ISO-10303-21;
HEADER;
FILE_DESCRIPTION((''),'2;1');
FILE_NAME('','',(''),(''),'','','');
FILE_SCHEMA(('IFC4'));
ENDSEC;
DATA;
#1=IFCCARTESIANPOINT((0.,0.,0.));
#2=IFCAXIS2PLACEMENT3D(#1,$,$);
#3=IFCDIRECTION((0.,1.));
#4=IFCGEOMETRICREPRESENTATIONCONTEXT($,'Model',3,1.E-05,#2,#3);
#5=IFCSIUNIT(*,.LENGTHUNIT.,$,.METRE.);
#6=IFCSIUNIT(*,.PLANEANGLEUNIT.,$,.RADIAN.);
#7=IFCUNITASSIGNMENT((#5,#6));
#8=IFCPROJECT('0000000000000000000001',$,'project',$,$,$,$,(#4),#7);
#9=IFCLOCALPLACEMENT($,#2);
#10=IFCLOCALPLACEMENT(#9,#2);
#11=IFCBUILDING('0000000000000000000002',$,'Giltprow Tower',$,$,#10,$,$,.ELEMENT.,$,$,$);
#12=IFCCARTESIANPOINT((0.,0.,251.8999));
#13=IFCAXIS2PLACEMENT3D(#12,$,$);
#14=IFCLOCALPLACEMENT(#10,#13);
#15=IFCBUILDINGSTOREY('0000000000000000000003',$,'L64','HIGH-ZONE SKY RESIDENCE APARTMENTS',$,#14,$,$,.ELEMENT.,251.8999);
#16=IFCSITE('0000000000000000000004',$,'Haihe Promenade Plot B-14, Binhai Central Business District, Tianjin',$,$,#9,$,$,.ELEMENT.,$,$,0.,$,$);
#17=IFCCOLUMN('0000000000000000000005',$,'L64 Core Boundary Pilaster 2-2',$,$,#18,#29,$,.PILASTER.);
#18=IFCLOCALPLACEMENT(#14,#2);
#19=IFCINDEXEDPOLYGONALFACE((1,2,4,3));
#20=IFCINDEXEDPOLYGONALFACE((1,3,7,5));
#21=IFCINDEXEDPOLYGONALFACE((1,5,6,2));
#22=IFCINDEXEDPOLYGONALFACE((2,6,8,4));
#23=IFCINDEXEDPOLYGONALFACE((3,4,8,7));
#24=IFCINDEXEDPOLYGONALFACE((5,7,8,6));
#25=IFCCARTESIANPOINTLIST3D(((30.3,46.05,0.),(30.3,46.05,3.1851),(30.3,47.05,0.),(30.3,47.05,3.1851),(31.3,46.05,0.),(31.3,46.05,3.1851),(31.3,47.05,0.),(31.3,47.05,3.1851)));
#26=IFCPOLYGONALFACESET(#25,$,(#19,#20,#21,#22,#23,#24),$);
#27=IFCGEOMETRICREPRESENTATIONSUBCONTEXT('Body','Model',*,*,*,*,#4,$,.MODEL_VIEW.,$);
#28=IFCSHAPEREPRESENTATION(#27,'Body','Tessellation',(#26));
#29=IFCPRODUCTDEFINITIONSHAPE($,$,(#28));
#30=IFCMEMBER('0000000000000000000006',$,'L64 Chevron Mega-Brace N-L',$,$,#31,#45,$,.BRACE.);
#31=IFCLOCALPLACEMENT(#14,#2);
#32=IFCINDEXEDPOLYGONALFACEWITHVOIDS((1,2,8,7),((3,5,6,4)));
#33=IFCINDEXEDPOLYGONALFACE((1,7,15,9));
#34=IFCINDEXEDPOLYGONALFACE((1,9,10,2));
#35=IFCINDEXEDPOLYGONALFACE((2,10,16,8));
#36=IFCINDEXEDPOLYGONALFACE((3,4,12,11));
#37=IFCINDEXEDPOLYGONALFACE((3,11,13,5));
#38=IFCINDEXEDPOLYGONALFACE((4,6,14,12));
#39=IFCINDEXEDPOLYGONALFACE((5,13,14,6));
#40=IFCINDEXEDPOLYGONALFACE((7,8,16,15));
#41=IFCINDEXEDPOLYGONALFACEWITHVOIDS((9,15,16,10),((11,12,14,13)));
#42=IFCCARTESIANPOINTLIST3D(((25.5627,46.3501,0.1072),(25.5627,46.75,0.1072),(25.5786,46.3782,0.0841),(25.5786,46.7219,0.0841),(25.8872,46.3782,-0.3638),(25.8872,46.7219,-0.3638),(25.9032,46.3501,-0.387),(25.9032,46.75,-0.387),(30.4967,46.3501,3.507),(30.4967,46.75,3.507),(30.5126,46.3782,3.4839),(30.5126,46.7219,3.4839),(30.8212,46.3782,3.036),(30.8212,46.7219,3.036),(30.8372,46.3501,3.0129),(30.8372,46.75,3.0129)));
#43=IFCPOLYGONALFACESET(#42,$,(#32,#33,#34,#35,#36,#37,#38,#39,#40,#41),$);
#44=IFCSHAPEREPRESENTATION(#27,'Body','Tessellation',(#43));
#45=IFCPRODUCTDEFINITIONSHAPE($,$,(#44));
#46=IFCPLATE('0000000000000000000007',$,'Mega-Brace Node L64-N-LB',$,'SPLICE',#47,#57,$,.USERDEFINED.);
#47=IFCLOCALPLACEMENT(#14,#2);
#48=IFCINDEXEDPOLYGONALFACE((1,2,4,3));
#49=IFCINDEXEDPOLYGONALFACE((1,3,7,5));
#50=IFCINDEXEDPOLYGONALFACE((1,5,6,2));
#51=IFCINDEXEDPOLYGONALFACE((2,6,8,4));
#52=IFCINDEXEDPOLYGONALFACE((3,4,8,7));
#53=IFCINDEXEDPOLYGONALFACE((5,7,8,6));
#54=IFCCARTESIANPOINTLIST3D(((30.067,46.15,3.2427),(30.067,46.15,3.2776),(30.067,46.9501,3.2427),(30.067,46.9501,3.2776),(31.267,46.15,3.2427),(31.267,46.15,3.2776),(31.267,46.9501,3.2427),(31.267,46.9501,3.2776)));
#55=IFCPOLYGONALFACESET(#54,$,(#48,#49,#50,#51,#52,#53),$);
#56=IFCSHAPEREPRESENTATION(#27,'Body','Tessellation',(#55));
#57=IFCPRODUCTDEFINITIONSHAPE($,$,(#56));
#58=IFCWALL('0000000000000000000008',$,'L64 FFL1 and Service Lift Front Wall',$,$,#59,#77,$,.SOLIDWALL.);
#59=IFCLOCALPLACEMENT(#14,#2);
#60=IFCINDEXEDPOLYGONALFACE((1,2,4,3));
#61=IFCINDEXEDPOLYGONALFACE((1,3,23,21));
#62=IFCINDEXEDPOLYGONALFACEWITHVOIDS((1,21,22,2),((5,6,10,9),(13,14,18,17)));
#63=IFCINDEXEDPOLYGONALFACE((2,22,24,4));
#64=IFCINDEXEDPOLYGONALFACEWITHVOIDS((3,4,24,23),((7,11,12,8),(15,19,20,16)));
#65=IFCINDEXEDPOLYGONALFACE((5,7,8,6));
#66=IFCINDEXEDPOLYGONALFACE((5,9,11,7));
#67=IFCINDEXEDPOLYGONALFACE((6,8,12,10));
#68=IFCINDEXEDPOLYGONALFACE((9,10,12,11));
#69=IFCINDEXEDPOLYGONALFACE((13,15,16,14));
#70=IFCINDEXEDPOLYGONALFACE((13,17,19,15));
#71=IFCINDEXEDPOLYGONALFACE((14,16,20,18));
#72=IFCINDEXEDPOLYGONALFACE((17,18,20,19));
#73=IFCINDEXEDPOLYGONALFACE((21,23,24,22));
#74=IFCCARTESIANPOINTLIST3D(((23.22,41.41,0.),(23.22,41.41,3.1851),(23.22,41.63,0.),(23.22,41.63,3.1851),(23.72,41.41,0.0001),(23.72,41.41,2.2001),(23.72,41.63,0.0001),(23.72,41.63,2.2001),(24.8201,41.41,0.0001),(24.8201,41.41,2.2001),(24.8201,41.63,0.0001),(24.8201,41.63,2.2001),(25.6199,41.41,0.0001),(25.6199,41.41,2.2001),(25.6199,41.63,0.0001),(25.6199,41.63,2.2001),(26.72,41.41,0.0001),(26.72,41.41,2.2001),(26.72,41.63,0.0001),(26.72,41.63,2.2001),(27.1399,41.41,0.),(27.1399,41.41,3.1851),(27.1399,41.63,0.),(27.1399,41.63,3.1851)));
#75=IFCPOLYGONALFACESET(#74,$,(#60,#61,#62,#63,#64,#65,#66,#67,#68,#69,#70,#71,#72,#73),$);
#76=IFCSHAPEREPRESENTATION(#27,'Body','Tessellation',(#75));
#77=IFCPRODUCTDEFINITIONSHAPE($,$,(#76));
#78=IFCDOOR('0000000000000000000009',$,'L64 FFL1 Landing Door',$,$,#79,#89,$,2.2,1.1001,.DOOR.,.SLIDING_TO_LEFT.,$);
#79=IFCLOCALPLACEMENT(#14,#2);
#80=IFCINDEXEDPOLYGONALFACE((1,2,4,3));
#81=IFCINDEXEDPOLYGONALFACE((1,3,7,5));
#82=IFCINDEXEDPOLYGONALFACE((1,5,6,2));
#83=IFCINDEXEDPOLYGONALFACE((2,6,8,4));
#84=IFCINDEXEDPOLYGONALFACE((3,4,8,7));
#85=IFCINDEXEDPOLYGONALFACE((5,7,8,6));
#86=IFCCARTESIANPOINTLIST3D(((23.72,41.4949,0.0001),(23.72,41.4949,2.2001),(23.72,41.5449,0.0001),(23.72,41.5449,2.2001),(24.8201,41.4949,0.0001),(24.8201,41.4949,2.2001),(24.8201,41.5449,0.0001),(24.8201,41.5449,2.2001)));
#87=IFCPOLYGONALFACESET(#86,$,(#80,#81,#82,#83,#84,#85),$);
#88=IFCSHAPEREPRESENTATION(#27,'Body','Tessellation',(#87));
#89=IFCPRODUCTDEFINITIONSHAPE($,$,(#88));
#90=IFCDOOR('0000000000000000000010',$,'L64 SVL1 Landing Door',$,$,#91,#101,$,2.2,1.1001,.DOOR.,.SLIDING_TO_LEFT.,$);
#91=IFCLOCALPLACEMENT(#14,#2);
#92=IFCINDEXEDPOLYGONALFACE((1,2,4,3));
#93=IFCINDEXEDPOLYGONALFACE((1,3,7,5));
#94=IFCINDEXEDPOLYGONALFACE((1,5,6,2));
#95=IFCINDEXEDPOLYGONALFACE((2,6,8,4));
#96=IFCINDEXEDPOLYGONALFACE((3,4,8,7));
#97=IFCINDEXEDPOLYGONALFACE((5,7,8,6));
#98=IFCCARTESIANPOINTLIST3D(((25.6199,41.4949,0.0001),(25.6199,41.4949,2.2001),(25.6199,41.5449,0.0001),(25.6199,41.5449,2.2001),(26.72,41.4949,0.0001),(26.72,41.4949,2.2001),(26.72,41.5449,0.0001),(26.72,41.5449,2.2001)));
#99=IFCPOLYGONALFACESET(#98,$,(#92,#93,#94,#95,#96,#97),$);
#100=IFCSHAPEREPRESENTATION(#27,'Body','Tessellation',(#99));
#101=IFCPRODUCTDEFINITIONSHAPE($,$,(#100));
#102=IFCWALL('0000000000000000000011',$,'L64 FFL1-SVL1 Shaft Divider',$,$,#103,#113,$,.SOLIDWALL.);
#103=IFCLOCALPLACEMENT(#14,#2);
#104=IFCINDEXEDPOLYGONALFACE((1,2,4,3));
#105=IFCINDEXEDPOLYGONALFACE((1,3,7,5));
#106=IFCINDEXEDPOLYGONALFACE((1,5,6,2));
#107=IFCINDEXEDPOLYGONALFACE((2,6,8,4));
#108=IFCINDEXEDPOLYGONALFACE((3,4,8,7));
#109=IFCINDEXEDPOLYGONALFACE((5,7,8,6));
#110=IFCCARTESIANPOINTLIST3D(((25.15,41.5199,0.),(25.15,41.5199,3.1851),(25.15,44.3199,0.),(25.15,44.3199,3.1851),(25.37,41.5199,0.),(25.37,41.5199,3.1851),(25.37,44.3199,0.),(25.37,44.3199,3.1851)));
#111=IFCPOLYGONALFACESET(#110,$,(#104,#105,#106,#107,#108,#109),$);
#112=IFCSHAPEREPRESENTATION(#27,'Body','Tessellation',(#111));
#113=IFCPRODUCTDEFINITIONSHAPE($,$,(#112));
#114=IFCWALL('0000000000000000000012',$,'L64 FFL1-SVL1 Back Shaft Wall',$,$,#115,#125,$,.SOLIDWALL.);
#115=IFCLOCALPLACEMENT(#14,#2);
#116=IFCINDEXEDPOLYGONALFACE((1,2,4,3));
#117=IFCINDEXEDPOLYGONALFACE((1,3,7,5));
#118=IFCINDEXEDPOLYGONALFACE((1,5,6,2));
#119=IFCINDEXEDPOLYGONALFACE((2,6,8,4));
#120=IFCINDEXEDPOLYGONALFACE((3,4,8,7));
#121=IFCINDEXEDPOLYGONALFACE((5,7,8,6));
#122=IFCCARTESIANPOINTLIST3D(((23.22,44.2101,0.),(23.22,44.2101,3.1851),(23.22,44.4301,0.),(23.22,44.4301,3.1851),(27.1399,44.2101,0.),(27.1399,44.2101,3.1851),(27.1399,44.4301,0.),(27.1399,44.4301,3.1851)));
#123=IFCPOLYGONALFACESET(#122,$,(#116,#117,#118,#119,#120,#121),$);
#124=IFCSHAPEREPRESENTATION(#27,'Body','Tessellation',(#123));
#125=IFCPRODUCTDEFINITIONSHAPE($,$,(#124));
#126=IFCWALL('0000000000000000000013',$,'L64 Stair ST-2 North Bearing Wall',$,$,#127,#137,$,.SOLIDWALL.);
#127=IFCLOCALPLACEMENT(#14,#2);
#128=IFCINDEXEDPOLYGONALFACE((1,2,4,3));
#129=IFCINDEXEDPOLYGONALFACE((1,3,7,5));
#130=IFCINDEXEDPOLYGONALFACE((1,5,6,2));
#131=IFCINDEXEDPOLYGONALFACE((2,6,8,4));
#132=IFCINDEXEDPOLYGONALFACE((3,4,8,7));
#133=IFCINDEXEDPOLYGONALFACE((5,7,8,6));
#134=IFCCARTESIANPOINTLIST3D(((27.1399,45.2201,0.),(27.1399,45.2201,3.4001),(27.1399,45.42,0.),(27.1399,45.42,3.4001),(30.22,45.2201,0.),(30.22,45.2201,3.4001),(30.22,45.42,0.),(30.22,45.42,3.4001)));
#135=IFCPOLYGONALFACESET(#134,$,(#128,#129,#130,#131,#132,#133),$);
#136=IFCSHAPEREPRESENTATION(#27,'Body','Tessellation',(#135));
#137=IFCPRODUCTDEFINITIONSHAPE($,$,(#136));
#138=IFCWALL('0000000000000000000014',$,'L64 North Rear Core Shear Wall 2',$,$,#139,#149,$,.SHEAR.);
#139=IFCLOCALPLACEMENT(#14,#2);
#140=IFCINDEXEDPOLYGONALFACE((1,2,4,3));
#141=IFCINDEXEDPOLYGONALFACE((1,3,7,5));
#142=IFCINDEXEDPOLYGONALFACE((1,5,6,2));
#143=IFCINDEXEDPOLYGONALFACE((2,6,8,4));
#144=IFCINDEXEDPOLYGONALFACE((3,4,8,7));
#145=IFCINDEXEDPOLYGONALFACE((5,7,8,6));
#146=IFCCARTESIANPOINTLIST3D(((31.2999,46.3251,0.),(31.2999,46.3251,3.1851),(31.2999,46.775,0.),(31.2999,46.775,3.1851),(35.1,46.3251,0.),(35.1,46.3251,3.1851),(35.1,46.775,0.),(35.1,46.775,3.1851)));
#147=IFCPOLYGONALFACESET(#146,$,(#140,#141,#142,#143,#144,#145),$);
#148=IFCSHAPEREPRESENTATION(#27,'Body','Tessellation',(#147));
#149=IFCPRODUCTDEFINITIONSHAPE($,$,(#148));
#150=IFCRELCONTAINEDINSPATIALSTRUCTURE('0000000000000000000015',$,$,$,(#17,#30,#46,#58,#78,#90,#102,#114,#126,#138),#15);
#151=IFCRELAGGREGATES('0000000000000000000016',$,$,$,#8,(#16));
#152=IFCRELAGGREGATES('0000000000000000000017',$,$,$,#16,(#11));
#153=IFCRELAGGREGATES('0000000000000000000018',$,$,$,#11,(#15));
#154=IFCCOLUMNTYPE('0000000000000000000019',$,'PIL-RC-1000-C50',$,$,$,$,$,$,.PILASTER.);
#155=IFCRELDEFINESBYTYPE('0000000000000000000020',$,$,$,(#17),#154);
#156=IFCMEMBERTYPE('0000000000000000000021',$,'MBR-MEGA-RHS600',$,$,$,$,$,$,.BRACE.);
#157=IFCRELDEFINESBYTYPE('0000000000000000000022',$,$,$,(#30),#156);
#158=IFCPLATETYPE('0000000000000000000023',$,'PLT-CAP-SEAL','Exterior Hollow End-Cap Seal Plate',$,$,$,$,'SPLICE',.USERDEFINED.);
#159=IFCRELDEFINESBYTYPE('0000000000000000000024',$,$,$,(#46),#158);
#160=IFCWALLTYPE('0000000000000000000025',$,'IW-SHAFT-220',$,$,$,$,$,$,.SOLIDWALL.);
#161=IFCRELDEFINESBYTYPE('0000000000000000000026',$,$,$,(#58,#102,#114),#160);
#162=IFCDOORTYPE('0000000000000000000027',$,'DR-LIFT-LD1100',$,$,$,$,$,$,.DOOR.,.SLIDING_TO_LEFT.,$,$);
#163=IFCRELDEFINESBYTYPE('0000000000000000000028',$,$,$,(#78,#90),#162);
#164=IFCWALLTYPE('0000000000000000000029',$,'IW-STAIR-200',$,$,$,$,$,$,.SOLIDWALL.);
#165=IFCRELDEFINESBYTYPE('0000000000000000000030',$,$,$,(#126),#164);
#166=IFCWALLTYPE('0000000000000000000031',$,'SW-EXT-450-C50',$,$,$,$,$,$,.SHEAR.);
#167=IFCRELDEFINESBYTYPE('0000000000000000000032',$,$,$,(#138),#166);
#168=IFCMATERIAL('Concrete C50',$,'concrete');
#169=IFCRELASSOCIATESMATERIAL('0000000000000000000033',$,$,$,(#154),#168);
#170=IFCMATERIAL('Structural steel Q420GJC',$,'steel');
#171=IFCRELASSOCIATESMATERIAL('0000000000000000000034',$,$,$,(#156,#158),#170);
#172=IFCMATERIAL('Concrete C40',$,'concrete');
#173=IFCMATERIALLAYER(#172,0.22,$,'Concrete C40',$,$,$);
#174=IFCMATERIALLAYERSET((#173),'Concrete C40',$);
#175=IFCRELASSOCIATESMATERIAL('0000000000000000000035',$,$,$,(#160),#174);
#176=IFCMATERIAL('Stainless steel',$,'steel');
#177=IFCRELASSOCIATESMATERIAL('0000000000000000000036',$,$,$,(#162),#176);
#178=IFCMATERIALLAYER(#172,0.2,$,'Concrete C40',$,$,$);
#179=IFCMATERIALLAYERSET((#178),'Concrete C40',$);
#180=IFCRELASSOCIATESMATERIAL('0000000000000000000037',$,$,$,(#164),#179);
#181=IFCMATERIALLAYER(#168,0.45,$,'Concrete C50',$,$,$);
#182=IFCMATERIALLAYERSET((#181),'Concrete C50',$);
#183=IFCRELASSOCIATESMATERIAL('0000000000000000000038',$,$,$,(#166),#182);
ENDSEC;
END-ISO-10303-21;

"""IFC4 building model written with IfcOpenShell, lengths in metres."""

from ifc_helpers import new_model, si_unit, direction, frame, frame_2d, origin, origin_2d, place, context, subcontext, project, spatial, rectangle, hollow_rectangle, extrude, source, transform, mapped, material, layer, layer_set, material_profile, profile_set, type_object, element, fill, save


model = new_model("IFC4")

# Units and contexts
model_context = context("Model", 3, precision=1e-05, world=origin(), true_north=direction((0.0, 1.0)))
body_context = subcontext(model_context, "Body", "Model", "MODEL_VIEW")
ifc_project = project(units=[si_unit("LENGTHUNIT", "METRE"), si_unit("PLANEANGLEUNIT", "RADIAN")], contexts=[model_context])

# Site, building, storey
site_placement = place(None, origin())
site = spatial("IfcSite", under=ifc_project, at=site_placement, Name="Haihe Promenade Plot B-14, Binhai Central Business District, Tianjin", CompositionType="ELEMENT", RefElevation=0.0)
building_placement = place(site_placement, origin())
building = spatial("IfcBuilding", under=site, at=building_placement, Name="Giltprow Tower", CompositionType="ELEMENT")
storey_placement = place(building_placement, frame((0.0, 0.0, 251.8999)))
storey = spatial("IfcBuildingStorey", under=building, at=storey_placement, Name="L64", Description="HIGH-ZONE SKY RESIDENCE APARTMENTS", CompositionType="ELEMENT", Elevation=251.8999)

# Column
ifc_material_1 = material(Name="Concrete C50", Category="concrete")
ifc_material_profile_1 = material_profile(ifc_material_1, rectangle(XDim=1.0, YDim=1.0, at=origin_2d()), Name="RC 1000x1000")
ifc_profile_set_1 = profile_set([ifc_material_profile_1], Name="Concrete C50")
column_type = type_object("IfcColumnType", Name="PIL-RC-1000-C50", PredefinedType="PILASTER", material=ifc_profile_set_1)
shared_shape_1 = source(origin(), body_context, "Body", "SweptSolid", [
    extrude(rectangle(XDim=1.0, YDim=1.0, at=origin_2d()), origin(), (0.0, 0.0, 1.0), 3.1851),
])
column_placement = place(storey_placement, frame((30.8, 46.55, 0.0), z_axis=(0.0, 0.0, 1.0), x_axis=(1.0, 0.0, 0.0)))
element("IfcColumn", 1, at=column_placement, inside=storey, type_object=column_type, Name="L64 Core Boundary Pilaster 2-2", PredefinedType="PILASTER", context=body_context, shape_type="MappedRepresentation", body=[
    mapped(shared_shape_1, transform((0.0, 0.0, 0.0), x_axis=(1.0, 0.0, 0.0), y_axis=(0.0, 1.0, 0.0), z_axis=(0.0, 0.0, 1.0), scale=1.0)),
])

# Member
ifc_material_2 = material(Name="Structural steel Q420GJC", Category="steel")
ifc_material_profile_2 = material_profile(ifc_material_2, hollow_rectangle(XDim=0.3999, YDim=0.6001, WallThickness=0.0281, at=origin_2d()), Name="RHS 600x400x28")
ifc_profile_set_2 = profile_set([ifc_material_profile_2], Name="Structural steel Q420GJC")
member_type = type_object("IfcMemberType", Name="MBR-MEGA-RHS600", PredefinedType="BRACE", material=ifc_profile_set_2)
shared_shape_2 = source(origin(), body_context, "Body", "SweptSolid", [
    extrude(hollow_rectangle(XDim=0.3999, YDim=0.6001, WallThickness=0.0281, at=origin_2d()), origin(), (0.0, 0.0, 1.0), 5.9919),
])
member_placement = place(storey_placement, frame((25.7329, 46.55, -0.1399), z_axis=(0.82344, 0.0, 0.567403), x_axis=(0.0, 1.0, 0.0)))
element("IfcMember", 2, at=member_placement, inside=storey, type_object=member_type, Name="L64 Chevron Mega-Brace N-L", PredefinedType="BRACE", context=body_context, shape_type="MappedRepresentation", body=[
    mapped(shared_shape_2, transform((0.0, 0.0, 0.0), x_axis=(1.0, 0.0, 0.0), y_axis=(0.0, 1.0, 0.0), z_axis=(0.0, 0.0, 1.0), scale=1.0)),
])

# Plate
plate_type = type_object("IfcPlateType", Name="PLT-CAP-SEAL", Description="Exterior Hollow End-Cap Seal Plate", ElementType="SPLICE", PredefinedType="USERDEFINED", material=ifc_material_2)
shared_shape_3 = source(origin(), body_context, "Body", "SweptSolid", [
    extrude(rectangle(XDim=1.2, YDim=0.8, at=origin_2d()), origin(), (0.0, 0.0, 1.0), 0.0349),
])
plate_placement = place(storey_placement, frame((30.667, 46.55, 3.2427), z_axis=(0.0, 0.0, 1.0), x_axis=(1.0, 0.0, 0.0)))
element("IfcPlate", 3, at=plate_placement, inside=storey, type_object=plate_type, Name="Mega-Brace Node L64-N-LB", ObjectType="SPLICE", PredefinedType="USERDEFINED", context=body_context, shape_type="MappedRepresentation", body=[
    mapped(shared_shape_3, transform((0.0, 0.0, 0.0), x_axis=(1.0, 0.0, 0.0), y_axis=(0.0, 1.0, 0.0), z_axis=(0.0, 0.0, 1.0), scale=1.0)),
])

# Wall, openings, doors
ifc_material_3 = material(Name="Concrete C40", Category="concrete")
ifc_layer_1 = layer(ifc_material_3, 0.22, Name="Concrete C40")
ifc_layer_set_1 = layer_set([ifc_layer_1], Name="Concrete C40")
wall_type_1 = type_object("IfcWallType", Name="IW-SHAFT-220", PredefinedType="SOLIDWALL", material=ifc_layer_set_1)
wall_1_placement = place(storey_placement, frame((23.22, 41.52, 0.0), z_axis=(0.0, 0.0, 1.0), x_axis=(1.0, 0.0, 0.0)))
wall_1 = element("IfcWall", 4, at=wall_1_placement, inside=storey, type_object=wall_type_1, Name="L64 FFL1 and Service Lift Front Wall", PredefinedType="SOLIDWALL", context=body_context, shape_type="SweptSolid", body=[
    extrude(rectangle(XDim=3.9199, YDim=0.22, at=frame_2d((1.96, 0.0))), origin(), (0.0, 0.0, 1.0), 3.1851),
])
opening_1_placement = place(wall_1_placement, frame((0.5, 0.0, 0.0)))
opening_1 = element("IfcOpeningElement", 5, at=opening_1_placement, cuts=wall_1, PredefinedType="OPENING", context=body_context, shape_type="SweptSolid", body=[
    extrude(rectangle(XDim=1.1001, YDim=2.2, at=frame_2d((0.55, 1.1001))), frame((0.0, 0.1199, 0.0), z_axis=(0.0, -1.0, 0.0), x_axis=(1.0, 0.0, 0.0)), (0.0, 0.0, 1.0), 0.24),
])
opening_2_placement = place(wall_1_placement, frame((2.3999, 0.0, 0.0)))
opening_2 = element("IfcOpeningElement", 6, at=opening_2_placement, cuts=wall_1, PredefinedType="OPENING", context=body_context, shape_type="SweptSolid", body=[
    extrude(rectangle(XDim=1.1001, YDim=2.2, at=frame_2d((0.55, 1.1001))), frame((0.0, 0.1199, 0.0), z_axis=(0.0, -1.0, 0.0), x_axis=(1.0, 0.0, 0.0)), (0.0, 0.0, 1.0), 0.24),
])
ifc_material_4 = material(Name="Stainless steel", Category="steel")
door_type = type_object("IfcDoorType", Name="DR-LIFT-LD1100", OperationType="SLIDING_TO_LEFT", PredefinedType="DOOR", material=ifc_material_4)
shared_shape_4 = source(origin(), body_context, "Body", "SweptSolid", [
    extrude(rectangle(XDim=1.1001, YDim=2.2, at=frame_2d((0.55, 1.1001))), frame((0.0, 0.0249, 0.0), z_axis=(0.0, -1.0, 0.0), x_axis=(1.0, 0.0, 0.0)), (0.0, 0.0, 1.0), 0.05),
])
door_1_placement = place(opening_1_placement, origin())
door_1 = element("IfcDoor", 7, at=door_1_placement, inside=storey, type_object=door_type, Name="L64 FFL1 Landing Door", OperationType="SLIDING_TO_LEFT", OverallHeight=2.2, OverallWidth=1.1001, PredefinedType="DOOR", context=body_context, shape_type="MappedRepresentation", body=[
    mapped(shared_shape_4, transform((0.0, 0.0, 0.0), x_axis=(1.0, 0.0, 0.0), y_axis=(0.0, 1.0, 0.0), z_axis=(0.0, 0.0, 1.0), scale=1.0)),
])
fill(opening_1, door_1)
door_2_placement = place(opening_2_placement, origin())
door_2 = element("IfcDoor", 8, at=door_2_placement, inside=storey, type_object=door_type, Name="L64 SVL1 Landing Door", OperationType="SLIDING_TO_LEFT", OverallHeight=2.2, OverallWidth=1.1001, PredefinedType="DOOR", context=body_context, shape_type="MappedRepresentation", body=[
    mapped(shared_shape_4, transform((0.0, 0.0, 0.0), x_axis=(1.0, 0.0, 0.0), y_axis=(0.0, 1.0, 0.0), z_axis=(0.0, 0.0, 1.0), scale=1.0)),
])
fill(opening_2, door_2)

# Walls
wall_2_placement = place(storey_placement, frame((25.26, 41.52, 0.0), z_axis=(0.0, 0.0, 1.0), x_axis=(0.0, 1.0, 0.0)))
element("IfcWall", 9, at=wall_2_placement, inside=storey, type_object=wall_type_1, Name="L64 FFL1-SVL1 Shaft Divider", PredefinedType="SOLIDWALL", context=body_context, shape_type="SweptSolid", body=[
    extrude(rectangle(XDim=2.8, YDim=0.22, at=frame_2d((1.3999, 0.0))), origin(), (0.0, 0.0, 1.0), 3.1851),
])
wall_3_placement = place(storey_placement, frame((23.22, 44.3201, 0.0), z_axis=(0.0, 0.0, 1.0), x_axis=(1.0, 0.0, 0.0)))
element("IfcWall", 10, at=wall_3_placement, inside=storey, type_object=wall_type_1, Name="L64 FFL1-SVL1 Back Shaft Wall", PredefinedType="SOLIDWALL", context=body_context, shape_type="SweptSolid", body=[
    extrude(rectangle(XDim=3.9199, YDim=0.22, at=frame_2d((1.96, 0.0))), origin(), (0.0, 0.0, 1.0), 3.1851),
])
ifc_layer_2 = layer(ifc_material_3, 0.2, Name="Concrete C40")
ifc_layer_set_2 = layer_set([ifc_layer_2], Name="Concrete C40")
wall_type_2 = type_object("IfcWallType", Name="IW-STAIR-200", PredefinedType="SOLIDWALL", material=ifc_layer_set_2)
wall_4_placement = place(storey_placement, frame((27.1399, 45.3201, 0.0), z_axis=(0.0, 0.0, 1.0), x_axis=(1.0, 0.0, 0.0)))
element("IfcWall", 11, at=wall_4_placement, inside=storey, type_object=wall_type_2, Name="L64 Stair ST-2 North Bearing Wall", PredefinedType="SOLIDWALL", context=body_context, shape_type="SweptSolid", body=[
    extrude(rectangle(XDim=3.0801, YDim=0.2, at=frame_2d((1.54, 0.0))), origin(), (0.0, 0.0, 1.0), 3.4001),
])
ifc_layer_3 = layer(ifc_material_1, 0.45, Name="Concrete C50")
ifc_layer_set_3 = layer_set([ifc_layer_3], Name="Concrete C50")
wall_type_3 = type_object("IfcWallType", Name="SW-EXT-450-C50", PredefinedType="SHEAR", material=ifc_layer_set_3)
wall_5_placement = place(storey_placement, frame((31.3, 46.55, 0.0), z_axis=(0.0, 0.0, 1.0), x_axis=(1.0, 0.0, 0.0)))
element("IfcWall", 12, at=wall_5_placement, inside=storey, type_object=wall_type_3, Name="L64 North Rear Core Shear Wall 2", PredefinedType="SHEAR", context=body_context, shape_type="SweptSolid", body=[
    extrude(rectangle(XDim=3.8, YDim=0.45, at=frame_2d((1.8999, 0.0))), origin(), (0.0, 0.0, 1.0), 3.1851),
])

save(model, "model.ifc")
